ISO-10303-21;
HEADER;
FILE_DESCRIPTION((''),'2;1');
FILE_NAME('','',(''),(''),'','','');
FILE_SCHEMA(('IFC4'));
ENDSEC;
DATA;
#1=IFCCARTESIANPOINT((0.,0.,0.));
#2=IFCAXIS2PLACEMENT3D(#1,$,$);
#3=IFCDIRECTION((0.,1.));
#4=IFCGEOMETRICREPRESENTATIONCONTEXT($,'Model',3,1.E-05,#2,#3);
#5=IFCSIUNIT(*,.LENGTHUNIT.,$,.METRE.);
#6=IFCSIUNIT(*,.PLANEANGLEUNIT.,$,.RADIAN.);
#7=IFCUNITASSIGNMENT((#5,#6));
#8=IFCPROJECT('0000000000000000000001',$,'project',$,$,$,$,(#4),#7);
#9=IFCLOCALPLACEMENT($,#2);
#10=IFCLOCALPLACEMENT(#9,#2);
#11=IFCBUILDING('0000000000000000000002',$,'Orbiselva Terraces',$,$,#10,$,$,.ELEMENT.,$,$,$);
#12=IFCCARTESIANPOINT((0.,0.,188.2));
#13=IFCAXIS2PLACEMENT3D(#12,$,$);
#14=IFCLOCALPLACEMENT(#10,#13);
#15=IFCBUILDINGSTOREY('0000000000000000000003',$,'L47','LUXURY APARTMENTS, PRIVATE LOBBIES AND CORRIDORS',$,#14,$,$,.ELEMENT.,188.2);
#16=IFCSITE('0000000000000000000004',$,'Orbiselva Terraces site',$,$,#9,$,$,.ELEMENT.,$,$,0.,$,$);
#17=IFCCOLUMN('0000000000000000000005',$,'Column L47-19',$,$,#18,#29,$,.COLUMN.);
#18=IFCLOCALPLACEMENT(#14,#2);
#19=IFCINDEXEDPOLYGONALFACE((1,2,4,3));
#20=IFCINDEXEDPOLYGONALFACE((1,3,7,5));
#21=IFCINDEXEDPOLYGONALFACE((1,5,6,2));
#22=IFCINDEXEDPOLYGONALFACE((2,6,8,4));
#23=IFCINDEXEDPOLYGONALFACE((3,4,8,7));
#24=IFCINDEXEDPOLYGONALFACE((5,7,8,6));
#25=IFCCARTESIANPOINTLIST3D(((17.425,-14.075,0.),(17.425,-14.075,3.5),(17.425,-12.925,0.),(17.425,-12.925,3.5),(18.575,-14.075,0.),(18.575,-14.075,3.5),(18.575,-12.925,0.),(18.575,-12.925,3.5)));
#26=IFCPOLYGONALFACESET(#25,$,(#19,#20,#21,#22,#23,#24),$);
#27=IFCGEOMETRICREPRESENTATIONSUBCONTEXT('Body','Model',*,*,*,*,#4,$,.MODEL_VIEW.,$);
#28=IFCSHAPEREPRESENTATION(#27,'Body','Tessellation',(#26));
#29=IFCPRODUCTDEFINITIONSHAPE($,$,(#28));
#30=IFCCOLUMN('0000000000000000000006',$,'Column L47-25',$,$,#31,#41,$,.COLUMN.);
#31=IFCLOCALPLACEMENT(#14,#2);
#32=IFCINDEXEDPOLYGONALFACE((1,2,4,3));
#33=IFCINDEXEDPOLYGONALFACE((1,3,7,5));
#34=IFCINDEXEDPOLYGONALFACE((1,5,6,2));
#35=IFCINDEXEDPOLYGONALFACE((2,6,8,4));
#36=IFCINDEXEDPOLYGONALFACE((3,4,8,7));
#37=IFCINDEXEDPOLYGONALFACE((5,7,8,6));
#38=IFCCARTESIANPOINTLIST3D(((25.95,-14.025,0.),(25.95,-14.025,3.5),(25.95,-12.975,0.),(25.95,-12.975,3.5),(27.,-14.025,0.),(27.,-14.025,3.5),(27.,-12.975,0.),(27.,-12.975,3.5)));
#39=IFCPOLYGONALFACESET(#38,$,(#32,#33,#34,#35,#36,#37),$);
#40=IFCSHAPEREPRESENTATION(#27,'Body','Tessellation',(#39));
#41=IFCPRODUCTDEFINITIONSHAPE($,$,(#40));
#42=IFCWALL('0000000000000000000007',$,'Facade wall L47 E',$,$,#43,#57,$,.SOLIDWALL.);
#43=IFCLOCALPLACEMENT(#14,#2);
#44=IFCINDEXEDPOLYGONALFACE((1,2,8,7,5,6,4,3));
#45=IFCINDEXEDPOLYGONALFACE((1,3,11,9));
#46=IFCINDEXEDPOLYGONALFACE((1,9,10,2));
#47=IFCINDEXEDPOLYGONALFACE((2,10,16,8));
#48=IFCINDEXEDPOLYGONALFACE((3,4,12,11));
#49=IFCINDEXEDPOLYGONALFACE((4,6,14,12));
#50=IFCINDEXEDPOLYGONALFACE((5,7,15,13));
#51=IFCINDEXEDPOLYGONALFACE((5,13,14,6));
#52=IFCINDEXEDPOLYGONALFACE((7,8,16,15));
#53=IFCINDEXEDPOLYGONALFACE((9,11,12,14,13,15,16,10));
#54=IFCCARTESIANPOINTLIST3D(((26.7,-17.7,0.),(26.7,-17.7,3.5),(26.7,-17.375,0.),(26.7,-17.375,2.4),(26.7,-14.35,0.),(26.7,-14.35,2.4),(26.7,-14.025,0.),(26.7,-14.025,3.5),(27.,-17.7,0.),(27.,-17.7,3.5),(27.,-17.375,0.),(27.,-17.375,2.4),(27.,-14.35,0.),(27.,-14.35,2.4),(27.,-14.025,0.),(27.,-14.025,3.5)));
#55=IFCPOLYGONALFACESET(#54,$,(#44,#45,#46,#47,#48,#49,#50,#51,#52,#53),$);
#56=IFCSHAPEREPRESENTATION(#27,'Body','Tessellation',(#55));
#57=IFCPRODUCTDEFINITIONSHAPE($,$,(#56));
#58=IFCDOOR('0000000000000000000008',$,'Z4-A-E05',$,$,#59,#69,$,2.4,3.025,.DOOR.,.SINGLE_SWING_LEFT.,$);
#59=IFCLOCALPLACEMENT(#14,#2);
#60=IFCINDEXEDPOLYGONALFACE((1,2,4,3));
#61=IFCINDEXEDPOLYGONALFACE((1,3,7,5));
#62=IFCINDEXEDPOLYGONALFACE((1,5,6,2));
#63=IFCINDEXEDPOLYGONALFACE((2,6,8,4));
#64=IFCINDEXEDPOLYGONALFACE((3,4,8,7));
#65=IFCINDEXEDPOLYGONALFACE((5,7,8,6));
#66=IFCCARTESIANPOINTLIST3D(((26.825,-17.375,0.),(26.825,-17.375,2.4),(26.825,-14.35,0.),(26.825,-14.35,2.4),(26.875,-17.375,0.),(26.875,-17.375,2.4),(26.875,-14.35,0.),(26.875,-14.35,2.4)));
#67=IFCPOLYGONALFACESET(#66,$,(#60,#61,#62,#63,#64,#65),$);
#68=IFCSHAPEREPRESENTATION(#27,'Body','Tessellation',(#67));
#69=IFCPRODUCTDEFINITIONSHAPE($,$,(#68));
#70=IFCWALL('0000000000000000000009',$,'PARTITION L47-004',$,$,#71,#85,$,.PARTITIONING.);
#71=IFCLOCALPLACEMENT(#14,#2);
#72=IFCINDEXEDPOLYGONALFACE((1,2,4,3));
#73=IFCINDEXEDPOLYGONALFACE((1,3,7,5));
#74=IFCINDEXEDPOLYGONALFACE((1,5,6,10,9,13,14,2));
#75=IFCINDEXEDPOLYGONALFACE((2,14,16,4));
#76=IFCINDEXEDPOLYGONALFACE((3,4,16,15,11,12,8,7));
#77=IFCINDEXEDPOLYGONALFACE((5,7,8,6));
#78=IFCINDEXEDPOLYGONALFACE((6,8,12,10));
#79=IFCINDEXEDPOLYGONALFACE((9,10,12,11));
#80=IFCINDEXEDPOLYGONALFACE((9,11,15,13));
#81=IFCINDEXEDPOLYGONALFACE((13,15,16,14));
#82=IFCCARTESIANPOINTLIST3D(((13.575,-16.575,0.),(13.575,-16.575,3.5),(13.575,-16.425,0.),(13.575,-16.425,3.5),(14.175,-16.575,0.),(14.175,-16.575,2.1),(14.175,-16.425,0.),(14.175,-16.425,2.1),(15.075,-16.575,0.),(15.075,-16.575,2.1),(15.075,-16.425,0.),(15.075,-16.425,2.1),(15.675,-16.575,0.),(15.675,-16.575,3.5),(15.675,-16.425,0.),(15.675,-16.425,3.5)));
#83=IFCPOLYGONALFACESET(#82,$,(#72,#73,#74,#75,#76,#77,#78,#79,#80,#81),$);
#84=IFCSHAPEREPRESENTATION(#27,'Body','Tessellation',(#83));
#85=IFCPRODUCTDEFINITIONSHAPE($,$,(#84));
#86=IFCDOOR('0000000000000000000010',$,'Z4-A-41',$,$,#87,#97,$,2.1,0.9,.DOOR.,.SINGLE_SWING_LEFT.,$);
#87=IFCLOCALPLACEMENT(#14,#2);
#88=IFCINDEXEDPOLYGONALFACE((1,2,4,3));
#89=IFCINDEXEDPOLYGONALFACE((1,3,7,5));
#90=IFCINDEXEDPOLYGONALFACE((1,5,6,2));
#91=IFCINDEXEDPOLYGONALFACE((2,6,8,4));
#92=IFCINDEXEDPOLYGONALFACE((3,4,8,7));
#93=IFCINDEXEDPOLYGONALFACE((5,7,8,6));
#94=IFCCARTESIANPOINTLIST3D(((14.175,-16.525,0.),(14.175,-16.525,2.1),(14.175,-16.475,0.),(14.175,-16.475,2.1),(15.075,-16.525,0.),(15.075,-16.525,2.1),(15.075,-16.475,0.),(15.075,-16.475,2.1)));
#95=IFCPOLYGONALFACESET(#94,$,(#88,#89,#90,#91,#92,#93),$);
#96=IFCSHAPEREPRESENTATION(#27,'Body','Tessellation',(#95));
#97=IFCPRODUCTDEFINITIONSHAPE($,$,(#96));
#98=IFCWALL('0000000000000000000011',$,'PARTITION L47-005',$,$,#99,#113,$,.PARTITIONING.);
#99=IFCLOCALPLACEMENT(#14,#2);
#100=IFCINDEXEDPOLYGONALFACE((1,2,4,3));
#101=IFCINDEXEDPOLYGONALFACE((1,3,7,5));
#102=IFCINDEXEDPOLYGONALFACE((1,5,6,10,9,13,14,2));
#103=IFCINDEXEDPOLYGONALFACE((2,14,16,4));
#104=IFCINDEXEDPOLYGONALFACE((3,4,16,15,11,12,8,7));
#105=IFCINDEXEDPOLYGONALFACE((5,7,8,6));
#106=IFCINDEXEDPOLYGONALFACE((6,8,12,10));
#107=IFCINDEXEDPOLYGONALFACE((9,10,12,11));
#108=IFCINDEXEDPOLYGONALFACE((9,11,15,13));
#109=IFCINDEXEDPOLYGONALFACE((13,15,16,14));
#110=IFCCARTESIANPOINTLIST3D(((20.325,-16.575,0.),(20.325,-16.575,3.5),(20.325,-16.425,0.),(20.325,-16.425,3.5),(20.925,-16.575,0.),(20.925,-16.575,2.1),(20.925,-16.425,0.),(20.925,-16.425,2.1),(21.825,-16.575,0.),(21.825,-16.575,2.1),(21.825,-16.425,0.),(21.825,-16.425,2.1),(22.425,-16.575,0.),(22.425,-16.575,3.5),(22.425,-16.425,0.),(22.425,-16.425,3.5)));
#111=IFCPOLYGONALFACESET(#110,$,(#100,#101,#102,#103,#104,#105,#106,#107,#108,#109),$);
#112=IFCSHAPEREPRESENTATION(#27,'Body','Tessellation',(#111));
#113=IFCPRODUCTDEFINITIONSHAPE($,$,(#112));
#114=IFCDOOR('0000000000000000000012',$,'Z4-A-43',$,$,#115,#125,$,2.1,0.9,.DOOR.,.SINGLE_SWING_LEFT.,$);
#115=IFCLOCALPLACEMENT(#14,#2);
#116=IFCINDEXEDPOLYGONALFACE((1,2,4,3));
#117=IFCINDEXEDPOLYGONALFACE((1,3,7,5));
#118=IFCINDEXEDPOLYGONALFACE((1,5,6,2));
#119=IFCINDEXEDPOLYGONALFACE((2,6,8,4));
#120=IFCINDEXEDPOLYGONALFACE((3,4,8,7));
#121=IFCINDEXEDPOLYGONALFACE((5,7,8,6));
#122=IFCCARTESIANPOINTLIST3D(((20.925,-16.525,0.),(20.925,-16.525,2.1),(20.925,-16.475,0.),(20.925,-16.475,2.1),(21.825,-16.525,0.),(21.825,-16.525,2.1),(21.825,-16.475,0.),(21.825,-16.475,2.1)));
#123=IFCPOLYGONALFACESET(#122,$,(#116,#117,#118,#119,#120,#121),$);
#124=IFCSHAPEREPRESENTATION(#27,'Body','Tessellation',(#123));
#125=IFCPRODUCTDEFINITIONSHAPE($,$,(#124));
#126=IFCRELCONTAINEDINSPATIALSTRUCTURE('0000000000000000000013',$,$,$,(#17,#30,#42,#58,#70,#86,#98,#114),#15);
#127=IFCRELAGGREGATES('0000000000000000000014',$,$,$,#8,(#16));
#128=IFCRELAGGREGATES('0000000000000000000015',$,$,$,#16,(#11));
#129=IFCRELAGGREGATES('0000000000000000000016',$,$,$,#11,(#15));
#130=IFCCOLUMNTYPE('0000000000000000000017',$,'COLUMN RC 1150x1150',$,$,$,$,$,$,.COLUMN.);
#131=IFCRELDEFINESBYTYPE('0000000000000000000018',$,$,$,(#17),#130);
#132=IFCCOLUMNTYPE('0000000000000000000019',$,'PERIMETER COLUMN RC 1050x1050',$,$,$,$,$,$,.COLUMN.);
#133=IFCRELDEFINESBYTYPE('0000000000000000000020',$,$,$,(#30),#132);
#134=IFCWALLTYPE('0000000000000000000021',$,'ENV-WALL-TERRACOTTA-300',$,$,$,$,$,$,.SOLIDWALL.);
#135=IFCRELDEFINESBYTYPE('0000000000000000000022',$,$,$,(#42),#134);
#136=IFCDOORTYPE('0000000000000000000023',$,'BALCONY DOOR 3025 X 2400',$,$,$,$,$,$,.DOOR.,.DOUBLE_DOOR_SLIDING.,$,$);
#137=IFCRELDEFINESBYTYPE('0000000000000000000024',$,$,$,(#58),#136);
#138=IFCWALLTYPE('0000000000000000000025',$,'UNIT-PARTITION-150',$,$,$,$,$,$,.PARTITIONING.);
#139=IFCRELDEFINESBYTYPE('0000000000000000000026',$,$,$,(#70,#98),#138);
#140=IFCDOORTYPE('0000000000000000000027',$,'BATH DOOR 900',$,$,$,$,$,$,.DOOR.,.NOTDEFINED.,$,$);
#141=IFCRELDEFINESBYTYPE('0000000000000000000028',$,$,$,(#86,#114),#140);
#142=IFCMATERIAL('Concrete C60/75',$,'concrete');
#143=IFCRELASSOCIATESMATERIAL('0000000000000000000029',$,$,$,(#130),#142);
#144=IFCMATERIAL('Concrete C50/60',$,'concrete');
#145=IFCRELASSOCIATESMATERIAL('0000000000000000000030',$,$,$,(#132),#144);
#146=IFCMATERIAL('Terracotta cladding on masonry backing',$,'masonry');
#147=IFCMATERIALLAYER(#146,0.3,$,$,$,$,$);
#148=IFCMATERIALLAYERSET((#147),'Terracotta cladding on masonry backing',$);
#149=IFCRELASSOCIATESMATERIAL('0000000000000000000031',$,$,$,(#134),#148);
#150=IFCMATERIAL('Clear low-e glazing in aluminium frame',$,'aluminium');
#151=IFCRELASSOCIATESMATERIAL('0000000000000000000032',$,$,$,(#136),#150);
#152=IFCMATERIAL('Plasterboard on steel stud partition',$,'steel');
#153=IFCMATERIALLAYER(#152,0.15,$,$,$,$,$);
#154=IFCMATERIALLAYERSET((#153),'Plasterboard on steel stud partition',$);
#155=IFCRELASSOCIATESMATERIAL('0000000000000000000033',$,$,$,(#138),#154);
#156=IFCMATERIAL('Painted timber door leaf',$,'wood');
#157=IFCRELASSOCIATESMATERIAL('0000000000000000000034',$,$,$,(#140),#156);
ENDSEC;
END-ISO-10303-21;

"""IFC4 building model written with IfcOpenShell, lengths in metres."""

from ifc_helpers import new_model, si_unit, direction, frame, frame_2d, origin, origin_2d, place, context, subcontext, project, spatial, rectangle, extrude, material, layer, layer_set, material_profile, profile_set, type_object, element, fill, save


model = new_model("IFC4")

# Units and contexts
model_context = context("Model", 3, precision=1e-05, world=origin(), true_north=direction((0.0, 1.0)))
body_context = subcontext(model_context, "Body", "Model", "MODEL_VIEW")
ifc_project = project(units=[si_unit("LENGTHUNIT", "METRE"), si_unit("PLANEANGLEUNIT", "RADIAN")], contexts=[model_context])

# Site, building, storey
site_placement = place(None, origin())
site = spatial("IfcSite", under=ifc_project, at=site_placement, Name="Orbiselva Terraces site", CompositionType="ELEMENT", RefElevation=0.0)
building_placement = place(site_placement, origin())
building = spatial("IfcBuilding", under=site, at=building_placement, Name="Orbiselva Terraces", CompositionType="ELEMENT")
storey_placement = place(building_placement, frame((0.0, 0.0, 188.2)))
storey = spatial("IfcBuildingStorey", under=building, at=storey_placement, Name="L47", Description="LUXURY APARTMENTS, PRIVATE LOBBIES AND CORRIDORS", CompositionType="ELEMENT", Elevation=188.2)

# Columns
ifc_material_1 = material(Name="Concrete C60/75", Category="concrete")
ifc_material_profile_1 = material_profile(ifc_material_1, rectangle(XDim=1.15, YDim=1.15, at=origin_2d()), Name="RC 1150x1150")
ifc_profile_set_1 = profile_set([ifc_material_profile_1], Name="Concrete C60/75")
column_type_1 = type_object("IfcColumnType", Name="COLUMN RC 1150x1150", PredefinedType="COLUMN", material=ifc_profile_set_1)
column_1_placement = place(storey_placement, frame((18.0, -13.5, 0.0), z_axis=(0.0, 0.0, 1.0), x_axis=(1.0, 0.0, 0.0)))
element("IfcColumn", 1, at=column_1_placement, inside=storey, type_object=column_type_1, Name="Column L47-19", PredefinedType="COLUMN", context=body_context, shape_type="SweptSolid", body=[
    extrude(rectangle(XDim=1.15, YDim=1.15, at=origin_2d()), origin(), (0.0, 0.0, 1.0), 3.5),
])
ifc_material_2 = material(Name="Concrete C50/60", Category="concrete")
ifc_material_profile_2 = material_profile(ifc_material_2, rectangle(XDim=1.05, YDim=1.05, at=origin_2d()), Name="RC 1050x1050")
ifc_profile_set_2 = profile_set([ifc_material_profile_2], Name="Concrete C50/60")
column_type_2 = type_object("IfcColumnType", Name="PERIMETER COLUMN RC 1050x1050", PredefinedType="COLUMN", material=ifc_profile_set_2)
column_2_placement = place(storey_placement, frame((26.475, -13.5, 0.0), z_axis=(0.0, 0.0, 1.0), x_axis=(1.0, 0.0, 0.0)))
element("IfcColumn", 2, at=column_2_placement, inside=storey, type_object=column_type_2, Name="Column L47-25", PredefinedType="COLUMN", context=body_context, shape_type="SweptSolid", body=[
    extrude(rectangle(XDim=1.05, YDim=1.05, at=origin_2d()), origin(), (0.0, 0.0, 1.0), 3.5),
])

# Walls, openings, doors
ifc_material_3 = material(Name="Terracotta cladding on masonry backing", Category="masonry")
ifc_layer_1 = layer(ifc_material_3, 0.3)
ifc_layer_set_1 = layer_set([ifc_layer_1], Name="Terracotta cladding on masonry backing")
wall_type_1 = type_object("IfcWallType", Name="ENV-WALL-TERRACOTTA-300", PredefinedType="SOLIDWALL", material=ifc_layer_set_1)
wall_1_placement = place(storey_placement, frame((26.85, -14.025, 0.0), z_axis=(0.0, 0.0, 1.0), x_axis=(0.0, -1.0, 0.0)))
wall_1 = element("IfcWall", 3, at=wall_1_placement, inside=storey, type_object=wall_type_1, Name="Facade wall L47 E", PredefinedType="SOLIDWALL", context=body_context, shape_type="SweptSolid", body=[
    extrude(rectangle(XDim=3.675, YDim=0.3, at=frame_2d((1.8375, 0.0))), origin(), (0.0, 0.0, 1.0), 3.5),
])
opening_1_placement = place(wall_1_placement, frame((0.325, 0.0, 0.0)))
opening_1 = element("IfcOpeningElement", 4, at=opening_1_placement, cuts=wall_1, PredefinedType="OPENING", context=body_context, shape_type="SweptSolid", body=[
    extrude(rectangle(XDim=3.025, YDim=2.4, at=frame_2d((1.5125, 1.2))), frame((0.0, 0.16, 0.0), z_axis=(0.0, -1.0, 0.0), x_axis=(1.0, 0.0, 0.0)), (0.0, 0.0, 1.0), 0.32),
])
ifc_material_4 = material(Name="Clear low-e glazing in aluminium frame", Category="aluminium")
door_type_1 = type_object("IfcDoorType", Name="BALCONY DOOR 3025 X 2400", OperationType="DOUBLE_DOOR_SLIDING", PredefinedType="DOOR", material=ifc_material_4)
door_1_placement = place(opening_1_placement, origin())
door_1 = element("IfcDoor", 5, at=door_1_placement, inside=storey, type_object=door_type_1, Name="Z4-A-E05", OperationType="SINGLE_SWING_LEFT", OverallHeight=2.4, OverallWidth=3.025, PredefinedType="DOOR", context=body_context, shape_type="SweptSolid", body=[
    extrude(rectangle(XDim=3.025, YDim=2.4, at=frame_2d((1.5125, 1.2))), frame((0.0, 0.025, 0.0), z_axis=(0.0, -1.0, 0.0), x_axis=(1.0, 0.0, 0.0)), (0.0, 0.0, 1.0), 0.05),
])
fill(opening_1, door_1)
ifc_material_5 = material(Name="Plasterboard on steel stud partition", Category="steel")
ifc_layer_2 = layer(ifc_material_5, 0.15)
ifc_layer_set_2 = layer_set([ifc_layer_2], Name="Plasterboard on steel stud partition")
wall_type_2 = type_object("IfcWallType", Name="UNIT-PARTITION-150", PredefinedType="PARTITIONING", material=ifc_layer_set_2)
wall_2_placement = place(storey_placement, frame((13.575, -16.5, 0.0), z_axis=(0.0, 0.0, 1.0), x_axis=(1.0, 0.0, 0.0)))
wall_2 = element("IfcWall", 6, at=wall_2_placement, inside=storey, type_object=wall_type_2, Name="PARTITION L47-004", PredefinedType="PARTITIONING", context=body_context, shape_type="SweptSolid", body=[
    extrude(rectangle(XDim=2.1, YDim=0.15, at=frame_2d((1.05, 0.0))), origin(), (0.0, 0.0, 1.0), 3.5),
])
opening_2_placement = place(wall_2_placement, frame((0.6, 0.0, 0.0)))
opening_2 = element("IfcOpeningElement", 7, at=opening_2_placement, cuts=wall_2, PredefinedType="OPENING", context=body_context, shape_type="SweptSolid", body=[
    extrude(rectangle(XDim=0.9, YDim=2.1, at=frame_2d((0.45, 1.05))), frame((0.0, 0.085, 0.0), z_axis=(0.0, -1.0, 0.0), x_axis=(1.0, 0.0, 0.0)), (0.0, 0.0, 1.0), 0.17),
])
ifc_material_6 = material(Name="Painted timber door leaf", Category="wood")
door_type_2 = type_object("IfcDoorType", Name="BATH DOOR 900", OperationType="NOTDEFINED", PredefinedType="DOOR", material=ifc_material_6)
door_2_placement = place(opening_2_placement, origin())
door_2 = element("IfcDoor", 8, at=door_2_placement, inside=storey, type_object=door_type_2, Name="Z4-A-41", OperationType="SINGLE_SWING_LEFT", OverallHeight=2.1, OverallWidth=0.9, PredefinedType="DOOR", context=body_context, shape_type="SweptSolid", body=[
    extrude(rectangle(XDim=0.9, YDim=2.1, at=frame_2d((0.45, 1.05))), frame((0.0, 0.025, 0.0), z_axis=(0.0, -1.0, 0.0), x_axis=(1.0, 0.0, 0.0)), (0.0, 0.0, 1.0), 0.05),
])
fill(opening_2, door_2)
wall_3_placement = place(storey_placement, frame((20.325, -16.5, 0.0), z_axis=(0.0, 0.0, 1.0), x_axis=(1.0, 0.0, 0.0)))
wall_3 = element("IfcWall", 9, at=wall_3_placement, inside=storey, type_object=wall_type_2, Name="PARTITION L47-005", PredefinedType="PARTITIONING", context=body_context, shape_type="SweptSolid", body=[
    extrude(rectangle(XDim=2.1, YDim=0.15, at=frame_2d((1.05, 0.0))), origin(), (0.0, 0.0, 1.0), 3.5),
])
opening_3_placement = place(wall_3_placement, frame((0.6, 0.0, 0.0)))
opening_3 = element("IfcOpeningElement", 10, at=opening_3_placement, cuts=wall_3, PredefinedType="OPENING", context=body_context, shape_type="SweptSolid", body=[
    extrude(rectangle(XDim=0.9, YDim=2.1, at=frame_2d((0.45, 1.05))), frame((0.0, 0.085, 0.0), z_axis=(0.0, -1.0, 0.0), x_axis=(1.0, 0.0, 0.0)), (0.0, 0.0, 1.0), 0.17),
])
door_3_placement = place(opening_3_placement, origin())
door_3 = element("IfcDoor", 11, at=door_3_placement, inside=storey, type_object=door_type_2, Name="Z4-A-43", OperationType="SINGLE_SWING_LEFT", OverallHeight=2.1, OverallWidth=0.9, PredefinedType="DOOR", context=body_context, shape_type="SweptSolid", body=[
    extrude(rectangle(XDim=0.9, YDim=2.1, at=frame_2d((0.45, 1.05))), frame((0.0, 0.025, 0.0), z_axis=(0.0, -1.0, 0.0), x_axis=(1.0, 0.0, 0.0)), (0.0, 0.0, 1.0), 0.05),
])
fill(opening_3, door_3)

save(model, "model.ifc")
